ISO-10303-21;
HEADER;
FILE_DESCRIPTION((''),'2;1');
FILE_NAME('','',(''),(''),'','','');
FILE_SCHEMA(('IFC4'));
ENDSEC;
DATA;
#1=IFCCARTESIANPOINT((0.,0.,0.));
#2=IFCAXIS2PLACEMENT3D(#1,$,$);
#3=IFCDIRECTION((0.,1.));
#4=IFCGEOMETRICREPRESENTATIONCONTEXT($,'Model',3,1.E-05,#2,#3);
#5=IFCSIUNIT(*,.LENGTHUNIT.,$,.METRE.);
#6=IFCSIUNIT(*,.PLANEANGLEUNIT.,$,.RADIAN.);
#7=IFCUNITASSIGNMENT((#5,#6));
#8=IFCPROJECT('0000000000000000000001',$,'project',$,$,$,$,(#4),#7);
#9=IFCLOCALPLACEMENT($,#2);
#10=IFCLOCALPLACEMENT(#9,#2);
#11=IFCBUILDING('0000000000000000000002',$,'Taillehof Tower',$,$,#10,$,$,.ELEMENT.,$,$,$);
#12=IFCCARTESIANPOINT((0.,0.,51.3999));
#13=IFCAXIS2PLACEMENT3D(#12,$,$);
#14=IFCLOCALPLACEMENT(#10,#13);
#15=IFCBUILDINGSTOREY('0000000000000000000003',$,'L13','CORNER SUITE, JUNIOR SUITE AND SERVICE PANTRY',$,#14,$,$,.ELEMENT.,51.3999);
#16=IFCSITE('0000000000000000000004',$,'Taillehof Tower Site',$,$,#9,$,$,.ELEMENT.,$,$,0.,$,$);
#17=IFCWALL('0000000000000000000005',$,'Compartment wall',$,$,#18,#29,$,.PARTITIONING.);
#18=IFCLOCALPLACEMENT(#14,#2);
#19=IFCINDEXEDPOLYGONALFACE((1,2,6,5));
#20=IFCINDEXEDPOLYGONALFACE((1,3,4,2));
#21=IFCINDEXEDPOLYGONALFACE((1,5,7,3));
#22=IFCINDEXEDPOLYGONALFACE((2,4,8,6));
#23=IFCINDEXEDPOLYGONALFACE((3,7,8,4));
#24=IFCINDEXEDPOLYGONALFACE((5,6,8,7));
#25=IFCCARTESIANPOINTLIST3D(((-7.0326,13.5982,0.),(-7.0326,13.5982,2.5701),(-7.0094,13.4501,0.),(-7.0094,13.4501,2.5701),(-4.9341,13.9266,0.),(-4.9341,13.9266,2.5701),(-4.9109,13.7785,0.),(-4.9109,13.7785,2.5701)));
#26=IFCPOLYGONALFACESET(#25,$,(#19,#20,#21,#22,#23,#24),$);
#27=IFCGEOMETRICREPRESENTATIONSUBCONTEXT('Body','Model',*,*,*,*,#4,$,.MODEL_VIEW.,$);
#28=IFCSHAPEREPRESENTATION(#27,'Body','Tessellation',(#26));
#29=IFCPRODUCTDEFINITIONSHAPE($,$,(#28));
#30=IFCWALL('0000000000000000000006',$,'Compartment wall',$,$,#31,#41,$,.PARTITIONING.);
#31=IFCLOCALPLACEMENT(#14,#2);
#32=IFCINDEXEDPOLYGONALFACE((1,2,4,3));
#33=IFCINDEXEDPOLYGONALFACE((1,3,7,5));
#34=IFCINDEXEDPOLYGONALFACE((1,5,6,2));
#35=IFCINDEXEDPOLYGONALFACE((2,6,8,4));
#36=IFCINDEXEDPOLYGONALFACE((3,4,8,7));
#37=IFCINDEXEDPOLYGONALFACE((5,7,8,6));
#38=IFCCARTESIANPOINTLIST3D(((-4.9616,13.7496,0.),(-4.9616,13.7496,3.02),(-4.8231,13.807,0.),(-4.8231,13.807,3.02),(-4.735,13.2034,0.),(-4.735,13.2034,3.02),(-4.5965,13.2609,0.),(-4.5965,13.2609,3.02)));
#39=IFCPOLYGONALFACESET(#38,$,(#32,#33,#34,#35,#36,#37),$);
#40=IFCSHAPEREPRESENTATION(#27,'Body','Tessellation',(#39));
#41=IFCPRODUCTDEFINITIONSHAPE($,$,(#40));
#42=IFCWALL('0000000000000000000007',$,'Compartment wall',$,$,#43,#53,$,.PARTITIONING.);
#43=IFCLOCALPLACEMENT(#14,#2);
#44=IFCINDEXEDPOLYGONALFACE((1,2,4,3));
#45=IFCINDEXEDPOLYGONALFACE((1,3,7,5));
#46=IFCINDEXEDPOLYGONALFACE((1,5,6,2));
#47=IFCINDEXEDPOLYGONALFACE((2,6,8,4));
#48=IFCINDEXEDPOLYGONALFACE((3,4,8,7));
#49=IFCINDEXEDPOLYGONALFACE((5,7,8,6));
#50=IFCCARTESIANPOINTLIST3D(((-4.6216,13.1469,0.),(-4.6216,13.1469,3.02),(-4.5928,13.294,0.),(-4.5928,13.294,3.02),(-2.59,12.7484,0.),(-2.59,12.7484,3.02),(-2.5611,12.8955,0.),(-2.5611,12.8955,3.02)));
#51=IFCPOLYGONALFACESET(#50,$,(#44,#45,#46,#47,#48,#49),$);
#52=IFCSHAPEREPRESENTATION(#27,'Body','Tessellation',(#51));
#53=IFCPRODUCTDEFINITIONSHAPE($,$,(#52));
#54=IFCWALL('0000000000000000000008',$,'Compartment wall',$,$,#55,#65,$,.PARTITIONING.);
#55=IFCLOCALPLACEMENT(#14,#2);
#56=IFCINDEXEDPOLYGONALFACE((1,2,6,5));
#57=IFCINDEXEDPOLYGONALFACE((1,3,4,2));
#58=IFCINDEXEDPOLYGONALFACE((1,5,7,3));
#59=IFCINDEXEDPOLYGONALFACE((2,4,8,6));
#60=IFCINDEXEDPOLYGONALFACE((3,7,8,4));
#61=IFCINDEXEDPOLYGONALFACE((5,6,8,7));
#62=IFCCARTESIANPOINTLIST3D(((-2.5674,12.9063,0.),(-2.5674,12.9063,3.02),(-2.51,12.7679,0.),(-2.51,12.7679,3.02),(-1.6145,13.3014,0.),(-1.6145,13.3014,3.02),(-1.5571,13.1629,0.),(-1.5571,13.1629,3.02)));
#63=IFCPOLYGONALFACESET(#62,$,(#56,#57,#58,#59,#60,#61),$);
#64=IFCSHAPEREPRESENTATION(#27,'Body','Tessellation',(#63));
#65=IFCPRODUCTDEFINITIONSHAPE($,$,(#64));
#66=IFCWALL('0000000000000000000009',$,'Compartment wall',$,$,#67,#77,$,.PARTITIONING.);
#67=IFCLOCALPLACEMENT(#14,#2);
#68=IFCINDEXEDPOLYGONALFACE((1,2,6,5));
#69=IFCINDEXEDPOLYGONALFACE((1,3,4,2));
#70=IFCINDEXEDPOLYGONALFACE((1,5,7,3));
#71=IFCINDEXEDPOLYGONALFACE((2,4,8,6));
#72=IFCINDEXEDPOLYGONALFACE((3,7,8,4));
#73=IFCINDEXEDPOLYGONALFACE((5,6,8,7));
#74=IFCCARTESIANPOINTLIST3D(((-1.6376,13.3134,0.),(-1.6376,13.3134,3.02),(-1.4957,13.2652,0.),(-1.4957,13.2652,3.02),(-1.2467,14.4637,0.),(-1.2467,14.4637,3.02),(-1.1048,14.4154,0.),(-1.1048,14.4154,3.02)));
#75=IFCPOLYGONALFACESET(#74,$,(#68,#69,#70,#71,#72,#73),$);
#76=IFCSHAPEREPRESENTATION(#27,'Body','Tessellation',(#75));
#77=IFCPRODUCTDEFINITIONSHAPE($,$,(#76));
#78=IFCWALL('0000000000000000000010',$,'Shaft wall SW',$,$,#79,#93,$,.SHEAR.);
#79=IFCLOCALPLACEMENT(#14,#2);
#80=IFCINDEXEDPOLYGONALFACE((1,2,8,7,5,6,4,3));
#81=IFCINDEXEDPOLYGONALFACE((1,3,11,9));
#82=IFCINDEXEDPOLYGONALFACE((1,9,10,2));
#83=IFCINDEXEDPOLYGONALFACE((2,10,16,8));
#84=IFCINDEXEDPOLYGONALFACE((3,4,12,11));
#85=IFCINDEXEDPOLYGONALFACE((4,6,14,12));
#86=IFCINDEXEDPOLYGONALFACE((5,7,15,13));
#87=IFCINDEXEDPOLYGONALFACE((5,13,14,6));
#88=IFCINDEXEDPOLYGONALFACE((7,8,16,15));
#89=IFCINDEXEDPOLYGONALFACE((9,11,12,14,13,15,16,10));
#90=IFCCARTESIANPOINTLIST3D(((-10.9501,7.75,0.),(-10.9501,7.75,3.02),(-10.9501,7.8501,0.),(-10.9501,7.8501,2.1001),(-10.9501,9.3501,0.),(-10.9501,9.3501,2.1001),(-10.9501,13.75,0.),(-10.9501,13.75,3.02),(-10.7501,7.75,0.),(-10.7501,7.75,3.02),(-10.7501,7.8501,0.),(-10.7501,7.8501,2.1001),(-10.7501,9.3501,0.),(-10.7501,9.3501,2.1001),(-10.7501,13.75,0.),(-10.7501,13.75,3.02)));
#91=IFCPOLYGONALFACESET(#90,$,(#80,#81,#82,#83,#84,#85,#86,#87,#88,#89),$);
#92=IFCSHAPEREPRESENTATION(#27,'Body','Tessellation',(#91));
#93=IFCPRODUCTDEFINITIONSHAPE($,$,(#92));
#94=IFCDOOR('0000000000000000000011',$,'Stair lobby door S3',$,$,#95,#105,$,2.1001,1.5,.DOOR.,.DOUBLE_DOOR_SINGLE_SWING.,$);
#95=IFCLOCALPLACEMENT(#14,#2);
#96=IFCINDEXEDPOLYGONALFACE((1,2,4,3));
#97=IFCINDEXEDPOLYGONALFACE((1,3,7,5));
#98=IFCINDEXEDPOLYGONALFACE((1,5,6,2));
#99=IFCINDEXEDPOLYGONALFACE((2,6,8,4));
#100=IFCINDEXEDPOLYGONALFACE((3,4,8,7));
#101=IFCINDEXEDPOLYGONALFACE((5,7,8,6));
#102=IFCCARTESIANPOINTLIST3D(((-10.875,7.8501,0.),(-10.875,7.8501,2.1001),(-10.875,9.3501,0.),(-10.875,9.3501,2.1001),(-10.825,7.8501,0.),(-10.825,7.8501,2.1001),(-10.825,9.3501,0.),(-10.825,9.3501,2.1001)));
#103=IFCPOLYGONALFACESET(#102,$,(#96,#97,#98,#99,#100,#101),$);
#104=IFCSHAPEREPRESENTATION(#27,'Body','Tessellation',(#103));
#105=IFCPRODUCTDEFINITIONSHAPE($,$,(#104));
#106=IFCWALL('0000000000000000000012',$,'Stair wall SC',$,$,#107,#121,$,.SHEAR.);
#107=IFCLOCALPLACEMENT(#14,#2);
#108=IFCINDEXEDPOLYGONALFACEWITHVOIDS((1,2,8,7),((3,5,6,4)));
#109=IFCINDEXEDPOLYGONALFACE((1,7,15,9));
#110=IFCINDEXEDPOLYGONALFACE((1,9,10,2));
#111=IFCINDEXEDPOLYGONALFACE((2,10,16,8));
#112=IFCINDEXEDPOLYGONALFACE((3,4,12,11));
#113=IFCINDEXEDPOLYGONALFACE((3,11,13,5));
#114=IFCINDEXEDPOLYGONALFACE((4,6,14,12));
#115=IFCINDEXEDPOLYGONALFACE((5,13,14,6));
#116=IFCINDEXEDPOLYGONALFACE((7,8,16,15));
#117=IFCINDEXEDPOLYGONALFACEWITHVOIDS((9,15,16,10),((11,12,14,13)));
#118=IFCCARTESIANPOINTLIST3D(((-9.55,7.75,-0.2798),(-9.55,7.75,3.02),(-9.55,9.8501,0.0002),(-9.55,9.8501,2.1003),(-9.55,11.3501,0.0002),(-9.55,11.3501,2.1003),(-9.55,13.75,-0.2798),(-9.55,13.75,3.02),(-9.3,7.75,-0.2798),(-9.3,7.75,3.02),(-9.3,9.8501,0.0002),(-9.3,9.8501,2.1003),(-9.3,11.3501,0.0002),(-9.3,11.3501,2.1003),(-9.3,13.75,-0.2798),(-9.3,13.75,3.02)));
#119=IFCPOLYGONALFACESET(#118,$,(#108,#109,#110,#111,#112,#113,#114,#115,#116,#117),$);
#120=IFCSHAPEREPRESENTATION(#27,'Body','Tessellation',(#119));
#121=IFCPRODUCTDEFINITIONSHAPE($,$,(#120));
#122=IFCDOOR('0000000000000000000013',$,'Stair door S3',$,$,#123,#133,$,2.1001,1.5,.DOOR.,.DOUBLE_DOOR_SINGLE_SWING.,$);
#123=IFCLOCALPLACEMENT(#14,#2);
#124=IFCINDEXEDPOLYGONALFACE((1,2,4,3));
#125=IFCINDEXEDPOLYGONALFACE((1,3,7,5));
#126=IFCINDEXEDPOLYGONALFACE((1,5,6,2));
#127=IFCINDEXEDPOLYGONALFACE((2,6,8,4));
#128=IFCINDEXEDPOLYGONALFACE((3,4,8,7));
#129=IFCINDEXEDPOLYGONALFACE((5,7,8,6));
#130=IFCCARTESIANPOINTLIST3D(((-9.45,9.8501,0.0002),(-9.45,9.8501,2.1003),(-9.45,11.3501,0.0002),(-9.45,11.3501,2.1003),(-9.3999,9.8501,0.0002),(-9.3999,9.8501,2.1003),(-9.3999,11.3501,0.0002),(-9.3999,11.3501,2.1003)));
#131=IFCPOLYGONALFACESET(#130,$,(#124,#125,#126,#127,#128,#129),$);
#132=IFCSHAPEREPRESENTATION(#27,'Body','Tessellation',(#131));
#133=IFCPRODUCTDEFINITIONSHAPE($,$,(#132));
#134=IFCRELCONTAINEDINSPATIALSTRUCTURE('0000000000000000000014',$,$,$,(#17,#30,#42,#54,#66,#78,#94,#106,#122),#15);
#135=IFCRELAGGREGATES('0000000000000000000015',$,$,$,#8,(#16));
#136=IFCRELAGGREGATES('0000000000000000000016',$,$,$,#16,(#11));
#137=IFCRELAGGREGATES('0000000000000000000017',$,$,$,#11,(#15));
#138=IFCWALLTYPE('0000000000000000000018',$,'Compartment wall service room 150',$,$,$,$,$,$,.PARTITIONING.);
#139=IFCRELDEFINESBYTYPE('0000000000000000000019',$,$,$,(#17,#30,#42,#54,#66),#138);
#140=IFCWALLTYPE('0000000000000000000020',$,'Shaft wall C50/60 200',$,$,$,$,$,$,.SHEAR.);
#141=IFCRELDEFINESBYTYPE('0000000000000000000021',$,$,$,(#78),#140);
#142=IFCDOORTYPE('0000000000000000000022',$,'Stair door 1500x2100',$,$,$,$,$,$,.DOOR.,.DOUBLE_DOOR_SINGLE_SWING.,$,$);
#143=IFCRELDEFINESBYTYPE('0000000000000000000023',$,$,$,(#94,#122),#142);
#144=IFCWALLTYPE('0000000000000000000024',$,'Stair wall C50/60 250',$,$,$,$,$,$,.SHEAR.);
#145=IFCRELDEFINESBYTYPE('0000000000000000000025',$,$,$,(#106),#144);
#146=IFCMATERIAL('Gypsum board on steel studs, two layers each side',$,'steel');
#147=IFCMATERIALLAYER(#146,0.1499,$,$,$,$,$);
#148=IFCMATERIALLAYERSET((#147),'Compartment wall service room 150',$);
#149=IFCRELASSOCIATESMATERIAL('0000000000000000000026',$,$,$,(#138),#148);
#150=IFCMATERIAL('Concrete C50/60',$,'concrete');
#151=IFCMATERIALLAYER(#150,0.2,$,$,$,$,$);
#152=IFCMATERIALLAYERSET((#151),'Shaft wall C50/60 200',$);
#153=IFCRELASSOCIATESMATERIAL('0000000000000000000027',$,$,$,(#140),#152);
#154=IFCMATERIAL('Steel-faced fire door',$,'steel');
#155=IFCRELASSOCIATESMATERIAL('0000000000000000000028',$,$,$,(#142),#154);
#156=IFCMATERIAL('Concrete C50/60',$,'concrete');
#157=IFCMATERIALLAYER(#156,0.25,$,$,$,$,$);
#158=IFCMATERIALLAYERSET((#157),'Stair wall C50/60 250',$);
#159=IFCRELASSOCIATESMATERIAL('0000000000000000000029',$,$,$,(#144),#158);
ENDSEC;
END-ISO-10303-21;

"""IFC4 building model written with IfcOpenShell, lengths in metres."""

from ifc_helpers import new_model, si_unit, direction, frame, frame_2d, origin, place, context, subcontext, project, spatial, rectangle, extrude, material, layer, layer_set, type_object, element, fill, save


model = new_model("IFC4")

# Units and contexts
model_context = context("Model", 3, precision=1e-05, world=origin(), true_north=direction((0.0, 1.0)))
body_context = subcontext(model_context, "Body", "Model", "MODEL_VIEW")
ifc_project = project(units=[si_unit("LENGTHUNIT", "METRE"), si_unit("PLANEANGLEUNIT", "RADIAN")], contexts=[model_context])

# Site, building, storey
site_placement = place(None, origin())
site = spatial("IfcSite", under=ifc_project, at=site_placement, Name="Taillehof Tower Site", CompositionType="ELEMENT", RefElevation=0.0)
building_placement = place(site_placement, origin())
building = spatial("IfcBuilding", under=site, at=building_placement, Name="Taillehof Tower", CompositionType="ELEMENT")
storey_placement = place(building_placement, frame((0.0, 0.0, 51.3999)))
storey = spatial("IfcBuildingStorey", under=building, at=storey_placement, Name="L13", Description="CORNER SUITE, JUNIOR SUITE AND SERVICE PANTRY", CompositionType="ELEMENT", Elevation=51.3999)

# Shared definitions
ifc_material_1 = material(Name="Gypsum board on steel studs, two layers each side", Category="steel")
ifc_layer_1 = layer(ifc_material_1, 0.1499)
ifc_layer_set_1 = layer_set([ifc_layer_1], Name="Compartment wall service room 150")
wall_type_1 = type_object("IfcWallType", Name="Compartment wall service room 150", PredefinedType="PARTITIONING", material=ifc_layer_set_1)

# Walls
wall_1_placement = place(storey_placement, frame((-7.021, 13.5242, 0.0), z_axis=(0.0, 0.0, 1.0), x_axis=(0.987976, 0.154605, 0.0)))
element("IfcWall", 1, at=wall_1_placement, inside=storey, type_object=wall_type_1, Name="Compartment wall", PredefinedType="PARTITIONING", context=body_context, shape_type="SweptSolid", body=[
    extrude(rectangle(XDim=2.124, YDim=0.1499, at=frame_2d((1.062, 0.0))), origin(), (0.0, 0.0, 1.0), 2.5701),
])
wall_2_placement = place(storey_placement, frame((-4.8923, 13.7783, 0.0), z_axis=(0.0, 0.0, 1.0), x_axis=(0.383178, -0.923674, 0.0)))
element("IfcWall", 2, at=wall_2_placement, inside=storey, type_object=wall_type_1, Name="Compartment wall", PredefinedType="PARTITIONING", context=body_context, shape_type="SweptSolid", body=[
    extrude(rectangle(XDim=0.5913, YDim=0.1499, at=frame_2d((0.2957, 0.0))), origin(), (0.0, 0.0, 1.0), 3.02),
])
wall_3_placement = place(storey_placement, frame((-4.6072, 13.2205, 0.0), z_axis=(0.0, 0.0, 1.0), x_axis=(0.981304, -0.192463, 0.0)))
element("IfcWall", 3, at=wall_3_placement, inside=storey, type_object=wall_type_1, Name="Compartment wall", PredefinedType="PARTITIONING", context=body_context, shape_type="SweptSolid", body=[
    extrude(rectangle(XDim=2.0703, YDim=0.1499, at=frame_2d((1.0352, 0.0))), origin(), (0.0, 0.0, 1.0), 3.02),
])
wall_4_placement = place(storey_placement, frame((-2.5386, 12.8372, 0.0), z_axis=(0.0, 0.0, 1.0), x_axis=(0.923769, 0.382951, 0.0)))
element("IfcWall", 4, at=wall_4_placement, inside=storey, type_object=wall_type_1, Name="Compartment wall", PredefinedType="PARTITIONING", context=body_context, shape_type="SweptSolid", body=[
    extrude(rectangle(XDim=1.0315, YDim=0.1499, at=frame_2d((0.5156, 0.0))), origin(), (0.0, 0.0, 1.0), 3.02),
])
wall_5_placement = place(storey_placement, frame((-1.5667, 13.2893, 0.0), z_axis=(0.0, 0.0, 1.0), x_axis=(0.321769, 0.946818, 0.0)))
element("IfcWall", 5, at=wall_5_placement, inside=storey, type_object=wall_type_1, Name="Compartment wall", PredefinedType="PARTITIONING", context=body_context, shape_type="SweptSolid", body=[
    extrude(rectangle(XDim=1.2148, YDim=0.1499, at=frame_2d((0.6074, 0.0))), origin(), (0.0, 0.0, 1.0), 3.02),
])

# Walls, openings, doors
ifc_material_2 = material(Name="Concrete C50/60", Category="concrete")
ifc_layer_2 = layer(ifc_material_2, 0.2)
ifc_layer_set_2 = layer_set([ifc_layer_2], Name="Shaft wall C50/60 200")
wall_type_2 = type_object("IfcWallType", Name="Shaft wall C50/60 200", PredefinedType="SHEAR", material=ifc_layer_set_2)
wall_6_placement = place(storey_placement, frame((-10.8501, 7.75, 0.0), z_axis=(0.0, 0.0, 1.0), x_axis=(0.0, 1.0, 0.0)))
wall_6 = element("IfcWall", 6, at=wall_6_placement, inside=storey, type_object=wall_type_2, Name="Shaft wall SW", PredefinedType="SHEAR", context=body_context, shape_type="SweptSolid", body=[
    extrude(rectangle(XDim=6.0, YDim=0.2, at=frame_2d((3.0, 0.0))), origin(), (0.0, 0.0, 1.0), 3.02),
])
opening_1_placement = place(wall_6_placement, frame((0.1001, 0.0, 0.0)))
opening_1 = element("IfcOpeningElement", 7, at=opening_1_placement, cuts=wall_6, PredefinedType="OPENING", context=body_context, shape_type="SweptSolid", body=[
    extrude(rectangle(XDim=1.5, YDim=2.1001, at=frame_2d((0.75, 1.05))), frame((0.0, 0.1099, 0.0), z_axis=(0.0, -1.0, 0.0), x_axis=(1.0, 0.0, 0.0)), (0.0, 0.0, 1.0), 0.22),
])
ifc_material_3 = material(Name="Steel-faced fire door", Category="steel")
door_type_1 = type_object("IfcDoorType", Name="Stair door 1500x2100", OperationType="DOUBLE_DOOR_SINGLE_SWING", PredefinedType="DOOR", material=ifc_material_3)
door_1_placement = place(opening_1_placement, origin())
door_1 = element("IfcDoor", 8, at=door_1_placement, inside=storey, type_object=door_type_1, Name="Stair lobby door S3", OperationType="DOUBLE_DOOR_SINGLE_SWING", OverallHeight=2.1001, OverallWidth=1.5, PredefinedType="DOOR", context=body_context, shape_type="SweptSolid", body=[
    extrude(rectangle(XDim=1.5, YDim=2.1001, at=frame_2d((0.75, 1.05))), frame((0.0, 0.0249, 0.0), z_axis=(0.0, -1.0, 0.0), x_axis=(1.0, 0.0, 0.0)), (0.0, 0.0, 1.0), 0.05),
])
fill(opening_1, door_1)
ifc_material_4 = material(Name="Concrete C50/60", Category="concrete")
ifc_layer_3 = layer(ifc_material_4, 0.25)
ifc_layer_set_3 = layer_set([ifc_layer_3], Name="Stair wall C50/60 250")
wall_type_3 = type_object("IfcWallType", Name="Stair wall C50/60 250", PredefinedType="SHEAR", material=ifc_layer_set_3)
wall_7_placement = place(storey_placement, frame((-9.425, 7.75, -0.2798), z_axis=(0.0, 0.0, 1.0), x_axis=(0.0, 1.0, 0.0)))
wall_7 = element("IfcWall", 9, at=wall_7_placement, inside=storey, type_object=wall_type_3, Name="Stair wall SC", PredefinedType="SHEAR", context=body_context, shape_type="SweptSolid", body=[
    extrude(rectangle(XDim=6.0, YDim=0.25, at=frame_2d((3.0, 0.0))), origin(), (0.0, 0.0, 1.0), 3.2998),
])
opening_2_placement = place(wall_7_placement, frame((2.1001, 0.0, 0.28)))
opening_2 = element("IfcOpeningElement", 10, at=opening_2_placement, cuts=wall_7, PredefinedType="OPENING", context=body_context, shape_type="SweptSolid", body=[
    extrude(rectangle(XDim=1.5, YDim=2.1001, at=frame_2d((0.75, 1.05))), frame((0.0, 0.135, 0.0), z_axis=(0.0, -1.0, 0.0), x_axis=(1.0, 0.0, 0.0)), (0.0, 0.0, 1.0), 0.27),
])
door_2_placement = place(opening_2_placement, origin())
door_2 = element("IfcDoor", 11, at=door_2_placement, inside=storey, type_object=door_type_1, Name="Stair door S3", OperationType="DOUBLE_DOOR_SINGLE_SWING", OverallHeight=2.1001, OverallWidth=1.5, PredefinedType="DOOR", context=body_context, shape_type="SweptSolid", body=[
    extrude(rectangle(XDim=1.5, YDim=2.1001, at=frame_2d((0.75, 1.05))), frame((0.0, 0.0249, 0.0), z_axis=(0.0, -1.0, 0.0), x_axis=(1.0, 0.0, 0.0)), (0.0, 0.0, 1.0), 0.05),
])
fill(opening_2, door_2)

save(model, "model.ifc")
